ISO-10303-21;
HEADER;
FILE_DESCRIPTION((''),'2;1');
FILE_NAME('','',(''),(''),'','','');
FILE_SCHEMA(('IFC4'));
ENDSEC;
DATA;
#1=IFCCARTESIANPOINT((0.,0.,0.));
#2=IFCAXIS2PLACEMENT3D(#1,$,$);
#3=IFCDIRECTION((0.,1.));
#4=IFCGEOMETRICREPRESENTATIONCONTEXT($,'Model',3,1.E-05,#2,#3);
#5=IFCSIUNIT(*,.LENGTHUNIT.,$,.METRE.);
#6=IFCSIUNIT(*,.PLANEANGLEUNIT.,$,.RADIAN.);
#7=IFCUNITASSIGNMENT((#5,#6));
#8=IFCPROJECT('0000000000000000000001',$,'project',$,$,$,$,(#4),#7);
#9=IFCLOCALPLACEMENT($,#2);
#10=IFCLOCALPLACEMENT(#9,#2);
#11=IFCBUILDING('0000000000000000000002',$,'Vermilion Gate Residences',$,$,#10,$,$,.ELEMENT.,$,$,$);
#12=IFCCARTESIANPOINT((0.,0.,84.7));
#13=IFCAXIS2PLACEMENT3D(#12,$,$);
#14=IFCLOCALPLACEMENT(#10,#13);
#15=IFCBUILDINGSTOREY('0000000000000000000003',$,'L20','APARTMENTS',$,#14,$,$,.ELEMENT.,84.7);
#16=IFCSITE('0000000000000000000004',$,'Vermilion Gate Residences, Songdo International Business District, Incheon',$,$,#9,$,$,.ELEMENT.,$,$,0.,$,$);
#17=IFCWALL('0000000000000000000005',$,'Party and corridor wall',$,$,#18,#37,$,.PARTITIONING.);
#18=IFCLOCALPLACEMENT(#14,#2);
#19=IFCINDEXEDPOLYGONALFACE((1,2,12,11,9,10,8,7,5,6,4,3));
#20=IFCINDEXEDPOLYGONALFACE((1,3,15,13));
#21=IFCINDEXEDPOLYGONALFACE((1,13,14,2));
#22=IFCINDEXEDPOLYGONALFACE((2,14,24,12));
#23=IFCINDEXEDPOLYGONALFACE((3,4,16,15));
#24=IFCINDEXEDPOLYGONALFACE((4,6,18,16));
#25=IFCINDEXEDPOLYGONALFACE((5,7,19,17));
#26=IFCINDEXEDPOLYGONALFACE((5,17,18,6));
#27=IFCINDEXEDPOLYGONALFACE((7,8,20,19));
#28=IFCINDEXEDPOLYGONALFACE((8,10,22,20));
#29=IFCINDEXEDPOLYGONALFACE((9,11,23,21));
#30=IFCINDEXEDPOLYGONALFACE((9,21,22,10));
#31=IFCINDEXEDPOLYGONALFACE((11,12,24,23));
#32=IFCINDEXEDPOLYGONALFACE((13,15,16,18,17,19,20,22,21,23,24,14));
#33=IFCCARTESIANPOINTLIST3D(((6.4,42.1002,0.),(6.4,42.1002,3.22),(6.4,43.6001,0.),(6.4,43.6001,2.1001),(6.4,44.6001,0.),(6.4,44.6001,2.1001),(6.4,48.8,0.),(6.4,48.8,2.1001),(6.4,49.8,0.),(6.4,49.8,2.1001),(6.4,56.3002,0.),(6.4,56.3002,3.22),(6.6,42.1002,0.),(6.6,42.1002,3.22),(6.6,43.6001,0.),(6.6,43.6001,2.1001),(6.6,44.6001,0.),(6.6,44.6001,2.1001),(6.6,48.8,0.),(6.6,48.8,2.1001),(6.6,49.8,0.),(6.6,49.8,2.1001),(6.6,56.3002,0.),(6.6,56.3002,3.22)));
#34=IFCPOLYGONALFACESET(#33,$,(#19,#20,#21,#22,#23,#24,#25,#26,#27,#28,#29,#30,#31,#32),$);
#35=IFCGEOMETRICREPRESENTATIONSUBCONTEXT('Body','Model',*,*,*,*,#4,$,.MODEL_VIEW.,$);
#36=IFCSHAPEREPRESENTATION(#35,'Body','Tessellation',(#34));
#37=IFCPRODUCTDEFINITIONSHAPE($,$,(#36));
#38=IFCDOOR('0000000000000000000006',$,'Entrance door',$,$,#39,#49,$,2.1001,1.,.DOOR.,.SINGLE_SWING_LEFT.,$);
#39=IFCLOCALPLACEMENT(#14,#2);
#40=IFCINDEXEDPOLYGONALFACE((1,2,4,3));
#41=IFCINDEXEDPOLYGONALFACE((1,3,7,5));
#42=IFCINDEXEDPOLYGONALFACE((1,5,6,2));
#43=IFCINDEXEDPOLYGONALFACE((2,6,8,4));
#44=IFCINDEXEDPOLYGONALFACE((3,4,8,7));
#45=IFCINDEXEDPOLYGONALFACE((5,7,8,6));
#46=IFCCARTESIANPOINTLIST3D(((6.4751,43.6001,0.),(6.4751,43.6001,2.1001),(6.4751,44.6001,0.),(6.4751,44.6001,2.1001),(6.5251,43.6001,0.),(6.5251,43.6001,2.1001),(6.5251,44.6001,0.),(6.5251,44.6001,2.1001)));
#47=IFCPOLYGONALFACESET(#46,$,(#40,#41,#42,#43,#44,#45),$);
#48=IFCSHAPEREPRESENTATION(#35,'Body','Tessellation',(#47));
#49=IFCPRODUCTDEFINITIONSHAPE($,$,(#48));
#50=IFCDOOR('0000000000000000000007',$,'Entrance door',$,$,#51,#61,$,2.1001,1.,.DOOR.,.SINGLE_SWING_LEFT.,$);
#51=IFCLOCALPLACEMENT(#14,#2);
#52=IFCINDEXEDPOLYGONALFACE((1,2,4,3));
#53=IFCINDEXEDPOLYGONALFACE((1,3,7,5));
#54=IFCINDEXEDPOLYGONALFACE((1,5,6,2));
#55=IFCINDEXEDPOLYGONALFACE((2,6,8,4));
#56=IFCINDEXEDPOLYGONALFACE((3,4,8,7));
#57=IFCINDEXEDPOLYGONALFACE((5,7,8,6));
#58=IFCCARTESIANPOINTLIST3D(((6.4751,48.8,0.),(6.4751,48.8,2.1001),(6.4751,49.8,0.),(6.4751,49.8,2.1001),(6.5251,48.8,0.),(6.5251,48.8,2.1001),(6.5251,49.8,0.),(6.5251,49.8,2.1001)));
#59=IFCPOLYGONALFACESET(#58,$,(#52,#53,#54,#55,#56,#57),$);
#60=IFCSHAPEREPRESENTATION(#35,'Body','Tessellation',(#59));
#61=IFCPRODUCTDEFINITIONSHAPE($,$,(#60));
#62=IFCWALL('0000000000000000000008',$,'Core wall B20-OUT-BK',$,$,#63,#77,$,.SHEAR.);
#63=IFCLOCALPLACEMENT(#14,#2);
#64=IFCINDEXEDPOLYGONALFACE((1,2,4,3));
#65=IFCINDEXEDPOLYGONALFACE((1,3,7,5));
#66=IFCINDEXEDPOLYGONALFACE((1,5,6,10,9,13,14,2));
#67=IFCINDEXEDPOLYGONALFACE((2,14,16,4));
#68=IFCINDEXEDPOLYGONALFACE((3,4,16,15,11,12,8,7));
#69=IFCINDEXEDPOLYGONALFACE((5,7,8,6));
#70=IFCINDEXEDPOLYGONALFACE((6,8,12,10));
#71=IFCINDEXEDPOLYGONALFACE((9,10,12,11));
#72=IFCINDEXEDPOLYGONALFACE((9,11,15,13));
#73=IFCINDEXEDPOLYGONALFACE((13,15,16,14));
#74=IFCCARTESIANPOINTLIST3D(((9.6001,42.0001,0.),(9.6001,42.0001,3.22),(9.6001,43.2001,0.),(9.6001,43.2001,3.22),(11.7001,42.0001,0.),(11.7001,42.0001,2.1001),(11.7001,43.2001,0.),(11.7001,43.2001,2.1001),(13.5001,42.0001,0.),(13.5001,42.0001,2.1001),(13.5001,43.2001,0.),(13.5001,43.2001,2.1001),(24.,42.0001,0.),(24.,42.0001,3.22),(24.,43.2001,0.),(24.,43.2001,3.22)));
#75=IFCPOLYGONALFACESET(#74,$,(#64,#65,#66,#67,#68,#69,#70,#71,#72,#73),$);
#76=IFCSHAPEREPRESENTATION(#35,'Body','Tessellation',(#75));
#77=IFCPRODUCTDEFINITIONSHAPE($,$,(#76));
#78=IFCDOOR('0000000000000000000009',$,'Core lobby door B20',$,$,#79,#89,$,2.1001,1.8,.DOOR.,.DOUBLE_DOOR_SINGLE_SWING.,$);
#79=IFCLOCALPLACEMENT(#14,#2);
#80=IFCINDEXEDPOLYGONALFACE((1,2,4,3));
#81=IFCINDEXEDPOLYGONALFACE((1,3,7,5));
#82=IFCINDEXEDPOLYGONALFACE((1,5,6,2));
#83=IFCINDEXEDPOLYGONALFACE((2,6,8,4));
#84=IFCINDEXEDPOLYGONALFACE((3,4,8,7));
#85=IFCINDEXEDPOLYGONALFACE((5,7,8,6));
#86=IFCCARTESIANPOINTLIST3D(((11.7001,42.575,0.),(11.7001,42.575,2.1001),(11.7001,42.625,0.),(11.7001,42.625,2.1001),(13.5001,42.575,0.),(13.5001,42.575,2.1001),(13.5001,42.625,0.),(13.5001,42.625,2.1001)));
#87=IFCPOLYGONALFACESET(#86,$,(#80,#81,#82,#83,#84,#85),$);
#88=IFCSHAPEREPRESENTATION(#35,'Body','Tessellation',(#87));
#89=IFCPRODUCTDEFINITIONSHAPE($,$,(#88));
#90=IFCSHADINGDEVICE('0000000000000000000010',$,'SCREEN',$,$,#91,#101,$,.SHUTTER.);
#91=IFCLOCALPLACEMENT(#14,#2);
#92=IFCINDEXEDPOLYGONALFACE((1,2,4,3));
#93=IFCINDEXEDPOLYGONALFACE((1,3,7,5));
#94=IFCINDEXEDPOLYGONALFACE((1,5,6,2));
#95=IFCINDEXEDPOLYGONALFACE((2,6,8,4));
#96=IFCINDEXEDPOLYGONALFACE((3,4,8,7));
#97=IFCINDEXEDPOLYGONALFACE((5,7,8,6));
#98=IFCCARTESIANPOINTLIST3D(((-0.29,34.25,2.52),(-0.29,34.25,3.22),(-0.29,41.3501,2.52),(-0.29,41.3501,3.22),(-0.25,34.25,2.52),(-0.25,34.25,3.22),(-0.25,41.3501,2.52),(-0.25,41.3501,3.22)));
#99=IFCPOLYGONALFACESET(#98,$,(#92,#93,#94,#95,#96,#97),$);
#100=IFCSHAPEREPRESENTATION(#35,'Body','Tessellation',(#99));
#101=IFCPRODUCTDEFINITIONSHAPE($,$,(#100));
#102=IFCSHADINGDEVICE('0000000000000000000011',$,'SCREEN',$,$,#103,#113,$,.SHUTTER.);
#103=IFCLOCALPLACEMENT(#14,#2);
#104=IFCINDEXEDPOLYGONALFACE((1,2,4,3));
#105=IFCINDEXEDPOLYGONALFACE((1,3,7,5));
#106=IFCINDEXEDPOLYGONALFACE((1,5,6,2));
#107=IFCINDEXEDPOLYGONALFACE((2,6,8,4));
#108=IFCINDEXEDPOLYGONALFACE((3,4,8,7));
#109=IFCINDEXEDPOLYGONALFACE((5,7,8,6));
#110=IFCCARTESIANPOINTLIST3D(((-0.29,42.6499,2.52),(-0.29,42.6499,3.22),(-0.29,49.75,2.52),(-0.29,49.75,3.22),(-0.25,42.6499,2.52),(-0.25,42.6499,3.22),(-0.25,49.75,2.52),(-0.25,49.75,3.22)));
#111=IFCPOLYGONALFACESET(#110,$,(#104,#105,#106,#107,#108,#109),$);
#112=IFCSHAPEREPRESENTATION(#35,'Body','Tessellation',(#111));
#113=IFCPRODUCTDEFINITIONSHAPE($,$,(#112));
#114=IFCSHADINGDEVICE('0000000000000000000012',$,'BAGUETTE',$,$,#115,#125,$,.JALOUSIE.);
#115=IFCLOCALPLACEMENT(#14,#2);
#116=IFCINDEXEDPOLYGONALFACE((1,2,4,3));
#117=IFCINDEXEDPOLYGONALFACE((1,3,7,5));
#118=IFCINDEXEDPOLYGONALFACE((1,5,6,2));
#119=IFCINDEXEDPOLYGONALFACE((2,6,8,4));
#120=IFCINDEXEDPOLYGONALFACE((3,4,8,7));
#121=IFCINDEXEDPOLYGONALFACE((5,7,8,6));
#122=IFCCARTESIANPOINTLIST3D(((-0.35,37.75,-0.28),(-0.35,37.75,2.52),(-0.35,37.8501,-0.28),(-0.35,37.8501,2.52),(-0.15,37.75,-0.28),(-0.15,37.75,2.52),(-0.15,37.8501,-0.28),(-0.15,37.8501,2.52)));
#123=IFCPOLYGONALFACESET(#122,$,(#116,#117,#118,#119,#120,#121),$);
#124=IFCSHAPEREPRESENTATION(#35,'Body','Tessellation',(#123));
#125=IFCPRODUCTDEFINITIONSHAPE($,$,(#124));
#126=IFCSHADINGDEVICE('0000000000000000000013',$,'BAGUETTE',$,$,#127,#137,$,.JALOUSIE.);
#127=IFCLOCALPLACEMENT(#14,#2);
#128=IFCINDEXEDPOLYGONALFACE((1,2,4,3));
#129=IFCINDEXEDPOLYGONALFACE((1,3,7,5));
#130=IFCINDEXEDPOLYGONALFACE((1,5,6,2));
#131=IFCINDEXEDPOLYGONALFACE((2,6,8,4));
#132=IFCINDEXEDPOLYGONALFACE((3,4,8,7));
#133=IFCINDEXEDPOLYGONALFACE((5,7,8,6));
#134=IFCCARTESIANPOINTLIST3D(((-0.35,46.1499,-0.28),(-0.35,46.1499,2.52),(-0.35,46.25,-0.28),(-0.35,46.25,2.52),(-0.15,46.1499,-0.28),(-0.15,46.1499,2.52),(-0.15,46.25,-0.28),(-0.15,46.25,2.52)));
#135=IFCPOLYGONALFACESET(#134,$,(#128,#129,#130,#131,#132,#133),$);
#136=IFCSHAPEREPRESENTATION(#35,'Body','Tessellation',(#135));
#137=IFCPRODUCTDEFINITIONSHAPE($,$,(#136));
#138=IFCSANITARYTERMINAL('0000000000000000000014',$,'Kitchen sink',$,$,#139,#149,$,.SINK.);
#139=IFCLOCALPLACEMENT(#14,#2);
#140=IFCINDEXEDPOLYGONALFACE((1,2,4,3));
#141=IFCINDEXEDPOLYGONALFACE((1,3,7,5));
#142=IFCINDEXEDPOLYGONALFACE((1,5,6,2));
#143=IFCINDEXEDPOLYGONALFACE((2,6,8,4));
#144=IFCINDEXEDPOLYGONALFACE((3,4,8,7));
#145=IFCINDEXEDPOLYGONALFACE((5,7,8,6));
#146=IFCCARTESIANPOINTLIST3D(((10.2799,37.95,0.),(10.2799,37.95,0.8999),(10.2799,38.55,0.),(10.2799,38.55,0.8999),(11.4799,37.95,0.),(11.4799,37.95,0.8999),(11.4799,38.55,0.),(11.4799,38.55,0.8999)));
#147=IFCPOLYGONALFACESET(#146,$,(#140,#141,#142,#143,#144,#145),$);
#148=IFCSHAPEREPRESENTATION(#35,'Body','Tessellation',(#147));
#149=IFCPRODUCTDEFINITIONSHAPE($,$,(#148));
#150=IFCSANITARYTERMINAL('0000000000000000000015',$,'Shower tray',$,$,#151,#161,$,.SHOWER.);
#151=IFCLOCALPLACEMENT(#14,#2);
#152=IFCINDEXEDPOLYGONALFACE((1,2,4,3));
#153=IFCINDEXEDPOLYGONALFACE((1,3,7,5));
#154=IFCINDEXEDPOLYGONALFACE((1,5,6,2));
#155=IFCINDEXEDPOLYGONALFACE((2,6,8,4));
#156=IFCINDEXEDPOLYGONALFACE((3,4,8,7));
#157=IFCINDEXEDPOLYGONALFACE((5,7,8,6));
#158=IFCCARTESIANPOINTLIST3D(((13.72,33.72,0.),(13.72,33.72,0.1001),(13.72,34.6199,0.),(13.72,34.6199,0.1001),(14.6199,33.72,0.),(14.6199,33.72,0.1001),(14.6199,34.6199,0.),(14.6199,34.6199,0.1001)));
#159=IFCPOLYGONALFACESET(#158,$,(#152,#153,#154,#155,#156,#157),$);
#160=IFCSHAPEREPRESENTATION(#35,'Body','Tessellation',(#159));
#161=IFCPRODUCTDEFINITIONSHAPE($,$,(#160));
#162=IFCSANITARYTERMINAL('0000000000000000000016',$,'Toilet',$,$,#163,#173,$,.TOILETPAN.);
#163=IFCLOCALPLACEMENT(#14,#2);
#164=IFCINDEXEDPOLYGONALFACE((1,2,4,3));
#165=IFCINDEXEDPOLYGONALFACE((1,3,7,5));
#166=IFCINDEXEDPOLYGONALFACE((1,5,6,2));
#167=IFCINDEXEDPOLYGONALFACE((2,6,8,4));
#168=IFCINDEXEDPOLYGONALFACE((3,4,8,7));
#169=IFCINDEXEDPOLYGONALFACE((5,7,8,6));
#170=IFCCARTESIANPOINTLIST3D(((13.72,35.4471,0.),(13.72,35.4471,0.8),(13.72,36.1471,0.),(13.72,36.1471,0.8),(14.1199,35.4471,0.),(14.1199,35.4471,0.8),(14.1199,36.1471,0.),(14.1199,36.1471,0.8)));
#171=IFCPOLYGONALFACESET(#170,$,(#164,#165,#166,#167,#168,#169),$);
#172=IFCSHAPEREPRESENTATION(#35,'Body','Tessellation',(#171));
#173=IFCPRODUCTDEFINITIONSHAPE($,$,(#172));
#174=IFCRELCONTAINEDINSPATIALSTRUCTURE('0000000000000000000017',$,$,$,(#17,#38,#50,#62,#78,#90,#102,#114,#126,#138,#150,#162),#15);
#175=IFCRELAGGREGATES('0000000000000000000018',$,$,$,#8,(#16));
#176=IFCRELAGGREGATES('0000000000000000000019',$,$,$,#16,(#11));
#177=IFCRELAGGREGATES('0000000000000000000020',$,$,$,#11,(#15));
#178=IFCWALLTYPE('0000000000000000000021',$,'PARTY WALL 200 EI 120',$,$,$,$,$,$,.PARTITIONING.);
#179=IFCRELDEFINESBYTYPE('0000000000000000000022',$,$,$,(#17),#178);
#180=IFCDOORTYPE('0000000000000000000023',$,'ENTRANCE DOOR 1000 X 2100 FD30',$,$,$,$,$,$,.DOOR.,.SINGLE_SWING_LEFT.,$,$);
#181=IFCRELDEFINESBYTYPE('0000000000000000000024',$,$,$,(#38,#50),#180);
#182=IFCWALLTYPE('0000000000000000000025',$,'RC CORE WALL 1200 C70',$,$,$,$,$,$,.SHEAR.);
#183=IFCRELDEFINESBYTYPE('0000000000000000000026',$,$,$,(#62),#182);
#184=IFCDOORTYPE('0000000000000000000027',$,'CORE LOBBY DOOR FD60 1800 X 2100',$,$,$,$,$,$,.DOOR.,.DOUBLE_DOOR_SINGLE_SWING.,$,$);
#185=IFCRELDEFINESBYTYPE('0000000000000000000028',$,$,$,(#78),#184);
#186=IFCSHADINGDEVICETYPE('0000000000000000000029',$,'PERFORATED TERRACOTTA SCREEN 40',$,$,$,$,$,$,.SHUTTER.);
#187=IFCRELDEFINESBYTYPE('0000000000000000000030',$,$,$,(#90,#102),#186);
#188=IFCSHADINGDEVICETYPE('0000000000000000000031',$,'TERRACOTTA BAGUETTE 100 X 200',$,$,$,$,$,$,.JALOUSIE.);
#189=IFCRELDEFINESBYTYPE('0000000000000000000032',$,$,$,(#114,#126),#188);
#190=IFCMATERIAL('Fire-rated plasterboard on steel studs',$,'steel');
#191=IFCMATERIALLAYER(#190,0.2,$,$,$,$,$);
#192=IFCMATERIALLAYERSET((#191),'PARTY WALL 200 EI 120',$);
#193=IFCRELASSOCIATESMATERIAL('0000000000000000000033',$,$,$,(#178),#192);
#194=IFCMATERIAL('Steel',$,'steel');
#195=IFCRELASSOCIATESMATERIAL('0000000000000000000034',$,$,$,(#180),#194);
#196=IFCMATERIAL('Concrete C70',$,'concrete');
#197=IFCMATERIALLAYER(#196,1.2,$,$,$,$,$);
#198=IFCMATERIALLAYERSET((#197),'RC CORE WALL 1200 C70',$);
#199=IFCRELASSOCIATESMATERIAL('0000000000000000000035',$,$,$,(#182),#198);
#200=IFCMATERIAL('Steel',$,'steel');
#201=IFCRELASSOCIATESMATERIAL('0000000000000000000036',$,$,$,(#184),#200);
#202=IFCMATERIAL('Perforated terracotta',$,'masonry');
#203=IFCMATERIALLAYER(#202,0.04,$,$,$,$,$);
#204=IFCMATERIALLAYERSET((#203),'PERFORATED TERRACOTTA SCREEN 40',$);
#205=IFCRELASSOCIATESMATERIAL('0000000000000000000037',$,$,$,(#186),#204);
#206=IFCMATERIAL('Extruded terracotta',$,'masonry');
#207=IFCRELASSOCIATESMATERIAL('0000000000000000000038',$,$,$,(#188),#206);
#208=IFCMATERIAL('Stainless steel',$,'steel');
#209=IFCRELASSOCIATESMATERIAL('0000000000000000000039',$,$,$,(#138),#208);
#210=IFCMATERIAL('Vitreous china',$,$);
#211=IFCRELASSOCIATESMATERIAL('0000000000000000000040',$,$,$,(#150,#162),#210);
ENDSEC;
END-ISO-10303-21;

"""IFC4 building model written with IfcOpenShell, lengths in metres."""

from ifc_helpers import new_model, si_unit, direction, frame, frame_2d, origin, origin_2d, place, context, subcontext, project, spatial, rectangle, extrude, material, layer, layer_set, material_profile, profile_set, type_object, element, fill, save


model = new_model("IFC4")

# Units and contexts
model_context = context("Model", 3, precision=1e-05, world=origin(), true_north=direction((0.0, 1.0)))
body_context = subcontext(model_context, "Body", "Model", "MODEL_VIEW")
ifc_project = project(units=[si_unit("LENGTHUNIT", "METRE"), si_unit("PLANEANGLEUNIT", "RADIAN")], contexts=[model_context])

# Site, building, storey
site_placement = place(None, origin())
site = spatial("IfcSite", under=ifc_project, at=site_placement, Name="Vermilion Gate Residences, Songdo International Business District, Incheon", CompositionType="ELEMENT", RefElevation=0.0)
building_placement = place(site_placement, origin())
building = spatial("IfcBuilding", under=site, at=building_placement, Name="Vermilion Gate Residences", CompositionType="ELEMENT")
storey_placement = place(building_placement, frame((0.0, 0.0, 84.7)))
storey = spatial("IfcBuildingStorey", under=building, at=storey_placement, Name="L20", Description="APARTMENTS", CompositionType="ELEMENT", Elevation=84.7)

# Shared definitions
ifc_material_1 = material(Name="Fire-rated plasterboard on steel studs", Category="steel")
ifc_layer_1 = layer(ifc_material_1, 0.2)
ifc_layer_set_1 = layer_set([ifc_layer_1], Name="PARTY WALL 200 EI 120")
wall_type_1 = type_object("IfcWallType", Name="PARTY WALL 200 EI 120", PredefinedType="PARTITIONING", material=ifc_layer_set_1)

# Wall, openings, doors
wall_1_placement = place(storey_placement, frame((6.5, 42.1001, 0.0), z_axis=(0.0, 0.0, 1.0), x_axis=(0.0, 1.0, 0.0)))
wall_1 = element("IfcWall", 1, at=wall_1_placement, inside=storey, type_object=wall_type_1, Name="Party and corridor wall", PredefinedType="PARTITIONING", context=body_context, shape_type="SweptSolid", body=[
    extrude(rectangle(XDim=14.2, YDim=0.2, at=frame_2d((7.1001, 0.0))), origin(), (0.0, 0.0, 1.0), 3.22),
])
opening_1_placement = place(wall_1_placement, frame((1.5, 0.0, 0.0)))
opening_1 = element("IfcOpeningElement", 2, at=opening_1_placement, cuts=wall_1, PredefinedType="OPENING", context=body_context, shape_type="SweptSolid", body=[
    extrude(rectangle(XDim=1.0, YDim=2.1001, at=frame_2d((0.5, 1.05))), frame((0.0, 0.1099, 0.0), z_axis=(0.0, -1.0, 0.0), x_axis=(1.0, 0.0, 0.0)), (0.0, 0.0, 1.0), 0.22),
])
opening_2_placement = place(wall_1_placement, frame((6.7, 0.0, 0.0)))
opening_2 = element("IfcOpeningElement", 3, at=opening_2_placement, cuts=wall_1, PredefinedType="OPENING", context=body_context, shape_type="SweptSolid", body=[
    extrude(rectangle(XDim=1.0, YDim=2.1001, at=frame_2d((0.5, 1.05))), frame((0.0, 0.1099, 0.0), z_axis=(0.0, -1.0, 0.0), x_axis=(1.0, 0.0, 0.0)), (0.0, 0.0, 1.0), 0.22),
])
ifc_material_2 = material(Name="Steel", Category="steel")
door_type_1 = type_object("IfcDoorType", Name="ENTRANCE DOOR 1000 X 2100 FD30", OperationType="SINGLE_SWING_LEFT", PredefinedType="DOOR", material=ifc_material_2)
door_1_placement = place(opening_1_placement, origin())
door_1 = element("IfcDoor", 4, at=door_1_placement, inside=storey, type_object=door_type_1, Name="Entrance door", OperationType="SINGLE_SWING_LEFT", OverallHeight=2.1001, OverallWidth=1.0, PredefinedType="DOOR", context=body_context, shape_type="SweptSolid", body=[
    extrude(rectangle(XDim=1.0, YDim=2.1001, at=frame_2d((0.5, 1.05))), frame((0.0, 0.0249, 0.0), z_axis=(0.0, -1.0, 0.0), x_axis=(1.0, 0.0, 0.0)), (0.0, 0.0, 1.0), 0.05),
])
fill(opening_1, door_1)
door_2_placement = place(opening_2_placement, origin())
door_2 = element("IfcDoor", 5, at=door_2_placement, inside=storey, type_object=door_type_1, Name="Entrance door", OperationType="SINGLE_SWING_LEFT", OverallHeight=2.1001, OverallWidth=1.0, PredefinedType="DOOR", context=body_context, shape_type="SweptSolid", body=[
    extrude(rectangle(XDim=1.0, YDim=2.1001, at=frame_2d((0.5, 1.05))), frame((0.0, 0.0249, 0.0), z_axis=(0.0, -1.0, 0.0), x_axis=(1.0, 0.0, 0.0)), (0.0, 0.0, 1.0), 0.05),
])
fill(opening_2, door_2)

# Wall, opening, door
ifc_material_3 = material(Name="Concrete C70", Category="concrete")
ifc_layer_2 = layer(ifc_material_3, 1.2)
ifc_layer_set_2 = layer_set([ifc_layer_2], Name="RC CORE WALL 1200 C70")
wall_type_2 = type_object("IfcWallType", Name="RC CORE WALL 1200 C70", PredefinedType="SHEAR", material=ifc_layer_set_2)
wall_2_placement = place(storey_placement, frame((9.6001, 42.6001, 0.0), z_axis=(0.0, 0.0, 1.0), x_axis=(1.0, 0.0, 0.0)))
wall_2 = element("IfcWall", 6, at=wall_2_placement, inside=storey, type_object=wall_type_2, Name="Core wall B20-OUT-BK", PredefinedType="SHEAR", context=body_context, shape_type="SweptSolid", body=[
    extrude(rectangle(XDim=14.3999, YDim=1.2, at=frame_2d((7.2, 0.0))), origin(), (0.0, 0.0, 1.0), 3.22),
])
opening_3_placement = place(wall_2_placement, frame((2.1001, 0.0, 0.0)))
opening_3 = element("IfcOpeningElement", 7, at=opening_3_placement, cuts=wall_2, PredefinedType="OPENING", context=body_context, shape_type="SweptSolid", body=[
    extrude(rectangle(XDim=1.8, YDim=2.1001, at=frame_2d((0.8999, 1.05))), frame((0.0, 0.6099, 0.0), z_axis=(0.0, -1.0, 0.0), x_axis=(1.0, 0.0, 0.0)), (0.0, 0.0, 1.0), 1.22),
])
ifc_material_4 = material(Name="Steel", Category="steel")
door_type_2 = type_object("IfcDoorType", Name="CORE LOBBY DOOR FD60 1800 X 2100", OperationType="DOUBLE_DOOR_SINGLE_SWING", PredefinedType="DOOR", material=ifc_material_4)
door_3_placement = place(opening_3_placement, origin())
door_3 = element("IfcDoor", 8, at=door_3_placement, inside=storey, type_object=door_type_2, Name="Core lobby door B20", OperationType="DOUBLE_DOOR_SINGLE_SWING", OverallHeight=2.1001, OverallWidth=1.8, PredefinedType="DOOR", context=body_context, shape_type="SweptSolid", body=[
    extrude(rectangle(XDim=1.8, YDim=2.1001, at=frame_2d((0.8999, 1.05))), frame((0.0, 0.0249, 0.0), z_axis=(0.0, -1.0, 0.0), x_axis=(1.0, 0.0, 0.0)), (0.0, 0.0, 1.0), 0.05),
])
fill(opening_3, door_3)

# Shading devices
ifc_material_5 = material(Name="Perforated terracotta", Category="masonry")
ifc_layer_3 = layer(ifc_material_5, 0.04)
ifc_layer_set_3 = layer_set([ifc_layer_3], Name="PERFORATED TERRACOTTA SCREEN 40")
shading_device_type_1 = type_object("IfcShadingDeviceType", Name="PERFORATED TERRACOTTA SCREEN 40", PredefinedType="SHUTTER", material=ifc_layer_set_3)
for number, where, z_axis, x_axis, name in (
    (9, (-0.27, 37.8, 2.52), (0.0, 0.0, 1.0), (0.0, -1.0, 0.0), "SCREEN"),
    (10, (-0.27, 46.2, 2.52), (0.0, 0.0, 1.0), (0.0, -1.0, 0.0), "SCREEN"),
):
    element("IfcShadingDevice", number, at=place(storey_placement, frame(where, z_axis=z_axis, x_axis=x_axis)), inside=storey, type_object=shading_device_type_1, Name=name, PredefinedType="SHUTTER", context=body_context, shape_type="SweptSolid", body=[
        extrude(rectangle(XDim=7.1001, YDim=0.04, at=origin_2d()), origin(), (0.0, 0.0, 1.0), 0.7),
    ])
ifc_material_6 = material(Name="Extruded terracotta", Category="masonry")
ifc_material_profile_1 = material_profile(ifc_material_6, rectangle(XDim=0.2, YDim=0.1001, at=origin_2d()), Name="BAGUETTE 100 X 200")
ifc_profile_set_1 = profile_set([ifc_material_profile_1], Name="Extruded terracotta")
shading_device_type_2 = type_object("IfcShadingDeviceType", Name="TERRACOTTA BAGUETTE 100 X 200", PredefinedType="JALOUSIE", material=ifc_profile_set_1)
for number, where, z_axis, x_axis, name in (
    (11, (-0.25, 37.8, -0.28), (0.0, 0.0, 1.0), (1.0, 0.0, 0.0), "BAGUETTE"),
    (12, (-0.25, 46.2, -0.28), (0.0, 0.0, 1.0), (1.0, 0.0, 0.0), "BAGUETTE"),
):
    element("IfcShadingDevice", number, at=place(storey_placement, frame(where, z_axis=z_axis, x_axis=x_axis)), inside=storey, type_object=shading_device_type_2, Name=name, PredefinedType="JALOUSIE", context=body_context, shape_type="SweptSolid", body=[
        extrude(rectangle(XDim=0.2, YDim=0.1001, at=origin_2d()), origin(), (0.0, 0.0, 1.0), 2.8),
    ])

# Sanitary terminals
ifc_material_7 = material(Name="Stainless steel", Category="steel")
sanitary_terminal_1_placement = place(storey_placement, frame((10.8799, 38.25, 0.0), z_axis=(0.0, 0.0, 1.0), x_axis=(1.0, 0.0, 0.0)))
element("IfcSanitaryTerminal", 13, at=sanitary_terminal_1_placement, inside=storey, material=ifc_material_7, Name="Kitchen sink", PredefinedType="SINK", context=body_context, shape_type="SweptSolid", body=[
    extrude(rectangle(XDim=1.2, YDim=0.6001, at=origin_2d()), origin(), (0.0, 0.0, 1.0), 0.8999),
])
ifc_material_8 = material(Name="Vitreous china")
sanitary_terminal_2_placement = place(storey_placement, frame((14.1699, 34.1699, 0.0), z_axis=(0.0, 0.0, 1.0), x_axis=(1.0, 0.0, 0.0)))
element("IfcSanitaryTerminal", 14, at=sanitary_terminal_2_placement, inside=storey, material=ifc_material_8, Name="Shower tray", PredefinedType="SHOWER", context=body_context, shape_type="SweptSolid", body=[
    extrude(rectangle(XDim=0.8999, YDim=0.8999, at=origin_2d()), origin(), (0.0, 0.0, 1.0), 0.1001),
])
sanitary_terminal_3_placement = place(storey_placement, frame((13.9199, 35.7971, 0.0), z_axis=(0.0, 0.0, 1.0), x_axis=(1.0, 0.0, 0.0)))
element("IfcSanitaryTerminal", 15, at=sanitary_terminal_3_placement, inside=storey, material=ifc_material_8, Name="Toilet", PredefinedType="TOILETPAN", context=body_context, shape_type="SweptSolid", body=[
    extrude(rectangle(XDim=0.3999, YDim=0.7, at=origin_2d()), origin(), (0.0, 0.0, 1.0), 0.8),
])

save(model, "model.ifc")
